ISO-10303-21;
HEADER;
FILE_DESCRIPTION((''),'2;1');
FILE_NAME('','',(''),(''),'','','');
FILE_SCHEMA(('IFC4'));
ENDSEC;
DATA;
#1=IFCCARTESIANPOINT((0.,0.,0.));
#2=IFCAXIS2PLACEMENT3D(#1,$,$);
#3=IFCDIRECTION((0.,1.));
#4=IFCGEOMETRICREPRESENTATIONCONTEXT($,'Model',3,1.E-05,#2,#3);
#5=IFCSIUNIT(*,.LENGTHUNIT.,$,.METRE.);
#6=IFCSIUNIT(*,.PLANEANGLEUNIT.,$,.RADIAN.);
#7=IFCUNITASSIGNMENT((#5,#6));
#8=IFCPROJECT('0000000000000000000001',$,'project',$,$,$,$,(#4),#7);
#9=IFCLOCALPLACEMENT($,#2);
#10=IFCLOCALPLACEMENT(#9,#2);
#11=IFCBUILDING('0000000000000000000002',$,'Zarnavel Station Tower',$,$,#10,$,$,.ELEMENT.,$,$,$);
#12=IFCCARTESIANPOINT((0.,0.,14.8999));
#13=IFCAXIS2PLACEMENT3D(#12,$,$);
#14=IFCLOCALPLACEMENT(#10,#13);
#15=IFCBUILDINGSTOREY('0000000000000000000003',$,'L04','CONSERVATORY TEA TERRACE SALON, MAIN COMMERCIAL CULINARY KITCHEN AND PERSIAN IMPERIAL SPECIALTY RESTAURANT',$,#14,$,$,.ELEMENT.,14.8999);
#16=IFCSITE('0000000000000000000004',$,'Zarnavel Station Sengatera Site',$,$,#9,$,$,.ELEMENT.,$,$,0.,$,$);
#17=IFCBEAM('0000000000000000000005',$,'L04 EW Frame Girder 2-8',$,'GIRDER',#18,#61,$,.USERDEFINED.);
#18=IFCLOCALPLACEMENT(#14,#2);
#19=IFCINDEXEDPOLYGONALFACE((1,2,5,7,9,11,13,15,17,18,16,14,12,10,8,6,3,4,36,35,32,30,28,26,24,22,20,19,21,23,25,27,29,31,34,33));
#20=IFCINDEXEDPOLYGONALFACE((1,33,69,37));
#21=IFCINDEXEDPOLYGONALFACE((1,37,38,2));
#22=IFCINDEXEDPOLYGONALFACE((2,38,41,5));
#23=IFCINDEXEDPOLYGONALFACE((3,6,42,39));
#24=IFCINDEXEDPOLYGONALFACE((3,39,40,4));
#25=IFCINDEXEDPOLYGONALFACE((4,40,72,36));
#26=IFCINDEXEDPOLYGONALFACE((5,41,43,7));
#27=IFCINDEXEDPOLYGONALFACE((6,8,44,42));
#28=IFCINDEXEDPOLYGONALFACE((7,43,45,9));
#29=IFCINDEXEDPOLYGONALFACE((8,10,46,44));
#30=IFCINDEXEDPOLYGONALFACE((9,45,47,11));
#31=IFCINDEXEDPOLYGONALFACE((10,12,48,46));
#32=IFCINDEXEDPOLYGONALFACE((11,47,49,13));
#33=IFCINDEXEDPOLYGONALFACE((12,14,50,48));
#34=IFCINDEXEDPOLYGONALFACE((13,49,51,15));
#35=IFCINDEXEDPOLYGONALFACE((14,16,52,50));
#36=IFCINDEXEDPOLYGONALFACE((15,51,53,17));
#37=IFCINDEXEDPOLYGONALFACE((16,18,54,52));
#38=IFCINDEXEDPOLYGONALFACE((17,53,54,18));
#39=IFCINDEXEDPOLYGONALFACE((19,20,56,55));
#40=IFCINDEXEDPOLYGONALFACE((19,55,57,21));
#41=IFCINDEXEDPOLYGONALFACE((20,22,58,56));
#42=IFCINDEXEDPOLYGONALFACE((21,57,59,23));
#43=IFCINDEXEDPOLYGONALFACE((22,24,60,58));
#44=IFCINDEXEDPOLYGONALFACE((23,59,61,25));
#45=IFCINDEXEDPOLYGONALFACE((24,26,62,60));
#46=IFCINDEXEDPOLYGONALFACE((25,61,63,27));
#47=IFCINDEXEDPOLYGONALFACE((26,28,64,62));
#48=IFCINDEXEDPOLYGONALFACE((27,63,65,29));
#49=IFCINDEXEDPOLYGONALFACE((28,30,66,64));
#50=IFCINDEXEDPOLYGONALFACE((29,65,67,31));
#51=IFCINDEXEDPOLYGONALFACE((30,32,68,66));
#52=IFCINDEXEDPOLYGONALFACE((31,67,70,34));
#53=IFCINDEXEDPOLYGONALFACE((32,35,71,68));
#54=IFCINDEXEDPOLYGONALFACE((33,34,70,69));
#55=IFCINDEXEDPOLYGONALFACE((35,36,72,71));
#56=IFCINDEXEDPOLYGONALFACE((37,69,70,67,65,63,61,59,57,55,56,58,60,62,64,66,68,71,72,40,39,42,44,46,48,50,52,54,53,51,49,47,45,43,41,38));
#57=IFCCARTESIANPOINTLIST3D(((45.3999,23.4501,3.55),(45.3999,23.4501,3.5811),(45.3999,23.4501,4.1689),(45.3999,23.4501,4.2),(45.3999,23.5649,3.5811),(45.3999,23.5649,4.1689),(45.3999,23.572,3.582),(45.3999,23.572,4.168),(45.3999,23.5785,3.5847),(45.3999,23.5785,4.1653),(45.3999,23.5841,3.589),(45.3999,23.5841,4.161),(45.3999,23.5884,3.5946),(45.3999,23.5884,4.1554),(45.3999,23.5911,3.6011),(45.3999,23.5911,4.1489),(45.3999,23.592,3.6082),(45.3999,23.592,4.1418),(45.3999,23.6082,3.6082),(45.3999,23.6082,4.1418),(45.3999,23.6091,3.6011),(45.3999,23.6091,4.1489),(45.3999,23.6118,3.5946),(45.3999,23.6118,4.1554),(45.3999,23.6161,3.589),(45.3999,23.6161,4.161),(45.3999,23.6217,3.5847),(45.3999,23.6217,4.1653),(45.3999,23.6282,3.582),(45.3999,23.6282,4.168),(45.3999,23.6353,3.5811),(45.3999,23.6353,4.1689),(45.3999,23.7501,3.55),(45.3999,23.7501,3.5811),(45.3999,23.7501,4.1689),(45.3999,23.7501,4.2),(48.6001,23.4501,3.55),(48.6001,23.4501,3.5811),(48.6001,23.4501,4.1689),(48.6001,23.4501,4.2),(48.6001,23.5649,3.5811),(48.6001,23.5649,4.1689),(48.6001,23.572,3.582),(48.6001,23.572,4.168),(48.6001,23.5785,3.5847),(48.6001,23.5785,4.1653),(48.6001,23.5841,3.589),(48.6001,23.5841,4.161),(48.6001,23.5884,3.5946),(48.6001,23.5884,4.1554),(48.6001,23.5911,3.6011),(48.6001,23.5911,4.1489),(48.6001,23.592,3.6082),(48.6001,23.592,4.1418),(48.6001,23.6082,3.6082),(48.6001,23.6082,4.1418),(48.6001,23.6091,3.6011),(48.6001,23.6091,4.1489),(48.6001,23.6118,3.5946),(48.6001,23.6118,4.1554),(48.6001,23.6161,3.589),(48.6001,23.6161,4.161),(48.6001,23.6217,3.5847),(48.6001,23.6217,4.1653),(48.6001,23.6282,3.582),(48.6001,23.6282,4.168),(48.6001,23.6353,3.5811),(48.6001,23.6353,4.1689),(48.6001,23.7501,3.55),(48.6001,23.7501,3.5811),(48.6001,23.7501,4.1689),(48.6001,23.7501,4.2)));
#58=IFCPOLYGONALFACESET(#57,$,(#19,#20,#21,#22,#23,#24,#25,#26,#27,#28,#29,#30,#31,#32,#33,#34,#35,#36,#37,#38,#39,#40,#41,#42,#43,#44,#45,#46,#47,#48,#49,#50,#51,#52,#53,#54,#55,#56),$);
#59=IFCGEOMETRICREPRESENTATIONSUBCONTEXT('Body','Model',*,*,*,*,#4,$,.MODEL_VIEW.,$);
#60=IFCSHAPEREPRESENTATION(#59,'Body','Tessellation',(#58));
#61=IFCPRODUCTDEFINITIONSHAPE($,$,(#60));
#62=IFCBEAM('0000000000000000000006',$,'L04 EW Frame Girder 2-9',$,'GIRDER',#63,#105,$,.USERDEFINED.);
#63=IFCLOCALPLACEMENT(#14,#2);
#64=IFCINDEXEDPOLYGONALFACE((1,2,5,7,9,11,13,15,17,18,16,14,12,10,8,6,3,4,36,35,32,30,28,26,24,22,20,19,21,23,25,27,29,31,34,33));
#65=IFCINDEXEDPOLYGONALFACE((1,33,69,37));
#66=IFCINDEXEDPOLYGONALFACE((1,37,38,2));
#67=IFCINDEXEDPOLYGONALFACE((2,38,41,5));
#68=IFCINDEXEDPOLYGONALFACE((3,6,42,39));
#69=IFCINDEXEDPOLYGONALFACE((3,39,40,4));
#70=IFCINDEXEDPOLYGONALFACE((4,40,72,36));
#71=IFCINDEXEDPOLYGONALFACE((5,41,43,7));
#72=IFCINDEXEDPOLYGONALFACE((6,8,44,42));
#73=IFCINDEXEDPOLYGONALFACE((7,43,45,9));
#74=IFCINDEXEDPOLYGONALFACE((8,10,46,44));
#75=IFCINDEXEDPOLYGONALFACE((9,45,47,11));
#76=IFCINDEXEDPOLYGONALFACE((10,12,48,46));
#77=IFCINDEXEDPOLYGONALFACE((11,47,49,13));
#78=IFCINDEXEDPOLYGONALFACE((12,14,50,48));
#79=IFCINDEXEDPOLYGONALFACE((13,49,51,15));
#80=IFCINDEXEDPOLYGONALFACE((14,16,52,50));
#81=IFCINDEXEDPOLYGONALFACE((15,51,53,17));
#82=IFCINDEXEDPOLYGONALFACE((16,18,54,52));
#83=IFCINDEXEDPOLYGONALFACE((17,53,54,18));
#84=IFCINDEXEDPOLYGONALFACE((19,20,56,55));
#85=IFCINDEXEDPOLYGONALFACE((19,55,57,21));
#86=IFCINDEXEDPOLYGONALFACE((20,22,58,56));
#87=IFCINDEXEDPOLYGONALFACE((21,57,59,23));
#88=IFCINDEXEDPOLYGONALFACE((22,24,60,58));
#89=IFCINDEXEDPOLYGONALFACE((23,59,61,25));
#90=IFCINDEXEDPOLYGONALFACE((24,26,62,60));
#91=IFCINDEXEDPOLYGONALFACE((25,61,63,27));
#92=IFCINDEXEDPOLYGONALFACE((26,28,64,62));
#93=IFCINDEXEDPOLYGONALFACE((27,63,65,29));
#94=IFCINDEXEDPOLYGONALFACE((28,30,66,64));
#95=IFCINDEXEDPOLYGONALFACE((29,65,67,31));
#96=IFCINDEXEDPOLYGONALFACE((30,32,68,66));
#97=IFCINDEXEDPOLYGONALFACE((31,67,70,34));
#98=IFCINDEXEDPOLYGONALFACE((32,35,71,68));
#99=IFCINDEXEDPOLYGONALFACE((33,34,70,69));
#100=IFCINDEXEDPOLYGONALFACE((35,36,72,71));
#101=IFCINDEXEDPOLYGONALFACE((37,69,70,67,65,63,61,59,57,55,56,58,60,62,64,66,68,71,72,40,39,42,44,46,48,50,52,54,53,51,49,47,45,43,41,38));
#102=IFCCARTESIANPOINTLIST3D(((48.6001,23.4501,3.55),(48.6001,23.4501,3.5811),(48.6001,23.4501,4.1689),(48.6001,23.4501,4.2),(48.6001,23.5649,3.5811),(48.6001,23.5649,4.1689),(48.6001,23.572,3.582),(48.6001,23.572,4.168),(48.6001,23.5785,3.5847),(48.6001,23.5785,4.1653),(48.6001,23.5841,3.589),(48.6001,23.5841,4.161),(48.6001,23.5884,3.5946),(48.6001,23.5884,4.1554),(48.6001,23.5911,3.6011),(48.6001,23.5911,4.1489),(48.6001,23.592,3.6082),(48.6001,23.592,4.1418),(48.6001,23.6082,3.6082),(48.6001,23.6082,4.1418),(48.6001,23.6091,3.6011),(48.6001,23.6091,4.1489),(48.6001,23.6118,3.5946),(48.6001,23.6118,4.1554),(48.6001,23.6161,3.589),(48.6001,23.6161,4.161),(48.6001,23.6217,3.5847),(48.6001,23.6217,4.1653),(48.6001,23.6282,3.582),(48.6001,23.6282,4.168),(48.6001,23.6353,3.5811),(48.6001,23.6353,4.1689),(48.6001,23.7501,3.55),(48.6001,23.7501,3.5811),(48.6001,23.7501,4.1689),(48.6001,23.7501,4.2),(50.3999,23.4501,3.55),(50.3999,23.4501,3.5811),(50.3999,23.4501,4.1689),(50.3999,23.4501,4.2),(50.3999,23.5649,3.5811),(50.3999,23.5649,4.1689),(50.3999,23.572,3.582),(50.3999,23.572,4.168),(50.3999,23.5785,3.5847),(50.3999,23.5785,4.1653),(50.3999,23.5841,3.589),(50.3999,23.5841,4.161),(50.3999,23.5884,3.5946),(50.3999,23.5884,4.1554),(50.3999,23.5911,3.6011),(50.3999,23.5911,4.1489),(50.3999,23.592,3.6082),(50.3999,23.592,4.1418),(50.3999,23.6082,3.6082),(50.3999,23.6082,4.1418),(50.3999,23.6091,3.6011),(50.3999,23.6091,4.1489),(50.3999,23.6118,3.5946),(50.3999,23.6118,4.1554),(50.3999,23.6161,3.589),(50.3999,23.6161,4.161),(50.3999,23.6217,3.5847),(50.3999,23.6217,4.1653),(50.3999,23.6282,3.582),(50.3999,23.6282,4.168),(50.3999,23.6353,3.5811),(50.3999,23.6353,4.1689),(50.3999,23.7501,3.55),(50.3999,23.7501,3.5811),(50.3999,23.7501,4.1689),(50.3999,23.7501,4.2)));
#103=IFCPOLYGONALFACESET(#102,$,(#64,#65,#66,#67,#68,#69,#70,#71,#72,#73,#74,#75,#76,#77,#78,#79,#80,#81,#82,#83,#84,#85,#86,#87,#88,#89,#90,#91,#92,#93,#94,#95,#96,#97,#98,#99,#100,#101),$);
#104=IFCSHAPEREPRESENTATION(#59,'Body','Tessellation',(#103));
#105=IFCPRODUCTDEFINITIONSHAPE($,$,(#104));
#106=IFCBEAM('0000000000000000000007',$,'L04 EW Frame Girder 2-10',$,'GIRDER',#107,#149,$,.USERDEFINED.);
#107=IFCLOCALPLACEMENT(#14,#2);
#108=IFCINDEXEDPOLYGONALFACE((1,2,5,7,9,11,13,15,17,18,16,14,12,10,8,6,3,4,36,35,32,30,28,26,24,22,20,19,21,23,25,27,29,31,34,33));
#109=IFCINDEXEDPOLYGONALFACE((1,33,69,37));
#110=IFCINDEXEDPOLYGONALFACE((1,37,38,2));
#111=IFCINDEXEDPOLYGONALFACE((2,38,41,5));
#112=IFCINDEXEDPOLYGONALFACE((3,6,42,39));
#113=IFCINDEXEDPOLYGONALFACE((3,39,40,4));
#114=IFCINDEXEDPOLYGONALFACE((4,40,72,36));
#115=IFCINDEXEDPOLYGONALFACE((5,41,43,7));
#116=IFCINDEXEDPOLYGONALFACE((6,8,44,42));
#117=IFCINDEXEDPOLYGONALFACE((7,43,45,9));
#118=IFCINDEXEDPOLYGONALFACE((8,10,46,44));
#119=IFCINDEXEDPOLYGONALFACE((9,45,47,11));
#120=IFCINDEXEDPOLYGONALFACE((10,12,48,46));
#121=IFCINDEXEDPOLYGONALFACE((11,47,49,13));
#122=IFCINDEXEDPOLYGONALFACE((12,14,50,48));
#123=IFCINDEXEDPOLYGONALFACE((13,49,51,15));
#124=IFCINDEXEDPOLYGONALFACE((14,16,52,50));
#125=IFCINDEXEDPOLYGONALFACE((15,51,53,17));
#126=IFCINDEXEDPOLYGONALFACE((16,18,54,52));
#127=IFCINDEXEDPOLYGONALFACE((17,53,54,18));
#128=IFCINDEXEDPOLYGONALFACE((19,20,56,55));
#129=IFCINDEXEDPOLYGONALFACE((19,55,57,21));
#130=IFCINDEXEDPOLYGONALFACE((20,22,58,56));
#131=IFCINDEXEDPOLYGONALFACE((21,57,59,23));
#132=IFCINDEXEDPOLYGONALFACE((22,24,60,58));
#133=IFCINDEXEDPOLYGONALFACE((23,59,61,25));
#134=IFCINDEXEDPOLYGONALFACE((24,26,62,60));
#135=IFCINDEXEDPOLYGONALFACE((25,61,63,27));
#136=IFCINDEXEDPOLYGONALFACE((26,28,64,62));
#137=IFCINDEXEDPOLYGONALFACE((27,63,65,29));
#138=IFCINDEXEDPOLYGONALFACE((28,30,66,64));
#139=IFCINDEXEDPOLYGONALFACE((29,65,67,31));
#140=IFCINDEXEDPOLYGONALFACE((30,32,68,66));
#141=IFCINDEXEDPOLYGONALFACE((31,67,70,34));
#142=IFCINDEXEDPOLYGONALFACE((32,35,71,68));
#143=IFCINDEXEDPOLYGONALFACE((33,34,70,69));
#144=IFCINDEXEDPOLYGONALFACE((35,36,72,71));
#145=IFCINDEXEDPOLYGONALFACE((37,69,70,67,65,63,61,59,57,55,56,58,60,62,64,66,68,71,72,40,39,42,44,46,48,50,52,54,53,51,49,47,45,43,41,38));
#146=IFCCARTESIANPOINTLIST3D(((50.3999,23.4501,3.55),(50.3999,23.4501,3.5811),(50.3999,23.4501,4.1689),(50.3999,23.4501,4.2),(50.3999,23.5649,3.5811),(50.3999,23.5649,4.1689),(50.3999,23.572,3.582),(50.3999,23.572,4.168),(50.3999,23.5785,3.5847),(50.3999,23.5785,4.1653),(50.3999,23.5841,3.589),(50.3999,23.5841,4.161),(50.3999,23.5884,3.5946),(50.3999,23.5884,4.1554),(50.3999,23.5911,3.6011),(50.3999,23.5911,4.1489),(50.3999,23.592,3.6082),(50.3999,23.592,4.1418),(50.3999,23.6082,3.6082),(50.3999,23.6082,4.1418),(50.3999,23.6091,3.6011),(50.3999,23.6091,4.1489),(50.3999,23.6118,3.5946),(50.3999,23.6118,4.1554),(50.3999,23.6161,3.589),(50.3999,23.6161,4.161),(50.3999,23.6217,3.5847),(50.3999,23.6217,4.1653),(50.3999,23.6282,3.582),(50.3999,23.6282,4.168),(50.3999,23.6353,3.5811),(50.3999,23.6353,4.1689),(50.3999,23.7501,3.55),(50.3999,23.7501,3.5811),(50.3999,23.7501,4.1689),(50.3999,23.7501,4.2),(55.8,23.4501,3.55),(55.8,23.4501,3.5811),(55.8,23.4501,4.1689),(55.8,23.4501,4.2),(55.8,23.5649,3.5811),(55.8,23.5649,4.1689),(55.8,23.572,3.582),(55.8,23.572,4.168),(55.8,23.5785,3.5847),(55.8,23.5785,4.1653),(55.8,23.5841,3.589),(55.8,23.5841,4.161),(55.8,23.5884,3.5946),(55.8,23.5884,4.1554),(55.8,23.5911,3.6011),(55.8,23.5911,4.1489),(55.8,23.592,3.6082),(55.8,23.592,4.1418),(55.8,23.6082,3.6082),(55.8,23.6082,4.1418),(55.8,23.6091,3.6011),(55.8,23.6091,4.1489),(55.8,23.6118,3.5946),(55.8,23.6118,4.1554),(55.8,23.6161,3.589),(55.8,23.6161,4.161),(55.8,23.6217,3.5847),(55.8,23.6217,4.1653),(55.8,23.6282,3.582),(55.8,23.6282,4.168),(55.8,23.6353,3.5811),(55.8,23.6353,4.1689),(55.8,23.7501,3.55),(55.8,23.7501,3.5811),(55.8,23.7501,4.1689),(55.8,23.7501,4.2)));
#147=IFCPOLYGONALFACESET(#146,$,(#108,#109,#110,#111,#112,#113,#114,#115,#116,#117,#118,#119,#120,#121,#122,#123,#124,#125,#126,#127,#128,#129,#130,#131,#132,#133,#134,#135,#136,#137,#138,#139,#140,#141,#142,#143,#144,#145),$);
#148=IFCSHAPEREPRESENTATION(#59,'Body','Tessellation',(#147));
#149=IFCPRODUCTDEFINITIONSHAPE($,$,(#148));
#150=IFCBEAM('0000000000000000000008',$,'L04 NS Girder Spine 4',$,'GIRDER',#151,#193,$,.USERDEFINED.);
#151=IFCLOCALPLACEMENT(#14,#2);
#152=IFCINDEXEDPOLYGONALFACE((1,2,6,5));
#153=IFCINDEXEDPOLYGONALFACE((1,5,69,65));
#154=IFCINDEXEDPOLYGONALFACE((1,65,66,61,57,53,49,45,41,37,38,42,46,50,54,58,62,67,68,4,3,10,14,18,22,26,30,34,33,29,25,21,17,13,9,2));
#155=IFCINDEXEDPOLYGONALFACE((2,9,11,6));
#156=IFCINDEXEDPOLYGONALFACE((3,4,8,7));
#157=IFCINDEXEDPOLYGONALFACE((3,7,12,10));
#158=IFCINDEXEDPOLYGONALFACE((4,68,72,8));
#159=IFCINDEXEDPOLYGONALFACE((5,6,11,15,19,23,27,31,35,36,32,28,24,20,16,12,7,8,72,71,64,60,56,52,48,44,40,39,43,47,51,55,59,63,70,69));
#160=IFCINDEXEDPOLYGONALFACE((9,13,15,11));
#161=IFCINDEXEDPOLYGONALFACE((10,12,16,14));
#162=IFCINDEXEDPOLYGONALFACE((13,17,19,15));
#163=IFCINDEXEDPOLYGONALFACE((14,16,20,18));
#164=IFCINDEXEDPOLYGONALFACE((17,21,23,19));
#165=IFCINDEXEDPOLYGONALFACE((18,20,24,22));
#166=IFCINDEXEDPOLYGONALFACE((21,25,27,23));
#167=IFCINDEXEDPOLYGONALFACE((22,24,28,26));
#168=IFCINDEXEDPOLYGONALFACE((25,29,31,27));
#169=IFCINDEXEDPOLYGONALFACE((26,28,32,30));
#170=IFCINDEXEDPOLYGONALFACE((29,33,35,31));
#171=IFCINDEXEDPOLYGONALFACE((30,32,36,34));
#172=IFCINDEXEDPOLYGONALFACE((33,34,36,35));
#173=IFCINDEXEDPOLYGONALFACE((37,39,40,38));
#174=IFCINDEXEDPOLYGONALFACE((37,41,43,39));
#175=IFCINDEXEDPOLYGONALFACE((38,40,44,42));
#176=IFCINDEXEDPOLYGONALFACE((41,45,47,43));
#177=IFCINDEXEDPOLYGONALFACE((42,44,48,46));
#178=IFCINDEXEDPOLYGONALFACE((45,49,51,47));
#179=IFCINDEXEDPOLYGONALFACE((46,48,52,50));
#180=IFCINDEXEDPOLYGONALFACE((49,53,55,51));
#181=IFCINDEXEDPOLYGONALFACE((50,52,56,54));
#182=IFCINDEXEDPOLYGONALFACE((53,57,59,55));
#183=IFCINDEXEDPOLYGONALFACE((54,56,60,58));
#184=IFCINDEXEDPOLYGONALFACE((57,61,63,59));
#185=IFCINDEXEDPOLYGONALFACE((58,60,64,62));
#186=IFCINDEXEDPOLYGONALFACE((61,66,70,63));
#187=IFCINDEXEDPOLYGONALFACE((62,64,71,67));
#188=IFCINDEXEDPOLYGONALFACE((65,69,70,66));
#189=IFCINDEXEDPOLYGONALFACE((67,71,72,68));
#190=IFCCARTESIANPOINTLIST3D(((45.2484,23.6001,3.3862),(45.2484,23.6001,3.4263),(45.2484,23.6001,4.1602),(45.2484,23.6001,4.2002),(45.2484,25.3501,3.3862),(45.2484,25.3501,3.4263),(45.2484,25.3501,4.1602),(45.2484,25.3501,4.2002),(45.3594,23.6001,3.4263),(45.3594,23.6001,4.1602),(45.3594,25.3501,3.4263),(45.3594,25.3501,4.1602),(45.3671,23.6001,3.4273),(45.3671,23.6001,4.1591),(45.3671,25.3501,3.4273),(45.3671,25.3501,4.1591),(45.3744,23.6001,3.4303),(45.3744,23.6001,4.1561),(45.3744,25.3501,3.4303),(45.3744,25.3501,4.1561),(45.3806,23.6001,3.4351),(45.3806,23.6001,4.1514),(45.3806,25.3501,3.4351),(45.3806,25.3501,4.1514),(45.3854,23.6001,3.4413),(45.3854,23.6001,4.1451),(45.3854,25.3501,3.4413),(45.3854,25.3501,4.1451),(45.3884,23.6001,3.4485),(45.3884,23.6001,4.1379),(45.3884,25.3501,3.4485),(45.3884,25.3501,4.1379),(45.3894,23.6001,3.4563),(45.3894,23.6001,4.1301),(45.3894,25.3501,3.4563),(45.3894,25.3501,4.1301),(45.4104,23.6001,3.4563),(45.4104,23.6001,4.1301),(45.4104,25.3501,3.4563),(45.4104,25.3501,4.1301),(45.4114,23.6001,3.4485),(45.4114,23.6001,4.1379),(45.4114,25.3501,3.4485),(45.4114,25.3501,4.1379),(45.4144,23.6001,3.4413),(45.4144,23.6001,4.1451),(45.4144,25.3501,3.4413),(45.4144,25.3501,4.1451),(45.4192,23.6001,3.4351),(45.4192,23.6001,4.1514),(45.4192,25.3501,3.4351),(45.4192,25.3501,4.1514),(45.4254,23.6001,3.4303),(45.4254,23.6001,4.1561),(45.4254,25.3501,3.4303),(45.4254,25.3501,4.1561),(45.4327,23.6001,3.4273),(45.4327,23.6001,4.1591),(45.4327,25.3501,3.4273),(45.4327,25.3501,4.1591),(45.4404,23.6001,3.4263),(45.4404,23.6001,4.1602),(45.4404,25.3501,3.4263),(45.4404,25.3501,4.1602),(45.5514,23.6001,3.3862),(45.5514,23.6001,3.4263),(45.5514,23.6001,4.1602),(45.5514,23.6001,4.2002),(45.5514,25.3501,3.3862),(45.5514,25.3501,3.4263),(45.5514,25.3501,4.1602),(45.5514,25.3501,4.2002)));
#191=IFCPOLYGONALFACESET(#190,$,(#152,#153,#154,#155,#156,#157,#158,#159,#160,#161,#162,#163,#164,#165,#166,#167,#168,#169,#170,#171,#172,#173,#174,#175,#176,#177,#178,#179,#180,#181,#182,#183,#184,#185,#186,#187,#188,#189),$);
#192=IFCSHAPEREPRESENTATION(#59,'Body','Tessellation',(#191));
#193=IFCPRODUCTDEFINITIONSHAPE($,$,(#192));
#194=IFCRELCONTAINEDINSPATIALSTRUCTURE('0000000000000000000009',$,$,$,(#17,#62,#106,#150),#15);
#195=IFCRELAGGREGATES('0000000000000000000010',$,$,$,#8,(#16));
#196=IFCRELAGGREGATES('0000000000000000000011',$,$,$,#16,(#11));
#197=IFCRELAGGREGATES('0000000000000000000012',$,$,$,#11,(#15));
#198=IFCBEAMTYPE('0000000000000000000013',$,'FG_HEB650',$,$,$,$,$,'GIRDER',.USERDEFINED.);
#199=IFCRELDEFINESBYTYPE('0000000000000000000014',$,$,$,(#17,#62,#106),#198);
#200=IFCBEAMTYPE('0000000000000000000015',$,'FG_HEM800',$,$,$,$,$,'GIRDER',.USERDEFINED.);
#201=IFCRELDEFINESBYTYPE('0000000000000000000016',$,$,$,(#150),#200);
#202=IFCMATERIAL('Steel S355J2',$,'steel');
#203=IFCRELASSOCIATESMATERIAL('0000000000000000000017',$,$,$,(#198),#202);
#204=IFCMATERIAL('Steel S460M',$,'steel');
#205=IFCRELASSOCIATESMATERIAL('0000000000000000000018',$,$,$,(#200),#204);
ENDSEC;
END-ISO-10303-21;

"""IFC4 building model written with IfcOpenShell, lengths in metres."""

from ifc_helpers import new_model, si_unit, direction, frame, origin, origin_2d, place, context, subcontext, project, spatial, i_section, extrude, material, material_profile, profile_set, type_object, element, save


model = new_model("IFC4")

# Units and contexts
model_context = context("Model", 3, precision=1e-05, world=origin(), true_north=direction((0.0, 1.0)))
body_context = subcontext(model_context, "Body", "Model", "MODEL_VIEW")
ifc_project = project(units=[si_unit("LENGTHUNIT", "METRE"), si_unit("PLANEANGLEUNIT", "RADIAN")], contexts=[model_context])

# Site, building, storey
site_placement = place(None, origin())
site = spatial("IfcSite", under=ifc_project, at=site_placement, Name="Zarnavel Station Sengatera Site", CompositionType="ELEMENT", RefElevation=0.0)
building_placement = place(site_placement, origin())
building = spatial("IfcBuilding", under=site, at=building_placement, Name="Zarnavel Station Tower", CompositionType="ELEMENT")
storey_placement = place(building_placement, frame((0.0, 0.0, 14.8999)))
storey = spatial("IfcBuildingStorey", under=building, at=storey_placement, Name="L04", Description="CONSERVATORY TEA TERRACE SALON, MAIN COMMERCIAL CULINARY KITCHEN AND PERSIAN IMPERIAL SPECIALTY RESTAURANT", CompositionType="ELEMENT", Elevation=14.8999)

# Beams
ifc_material_1 = material(Name="Steel S355J2", Category="steel")
ifc_material_profile_1 = material_profile(ifc_material_1, i_section(OverallWidth=0.3, OverallDepth=0.6499, WebThickness=0.0161, FlangeThickness=0.031, FilletRadius=0.0271, at=origin_2d()), Name="HEB650")
ifc_profile_set_1 = profile_set([ifc_material_profile_1], Name="Steel S355J2")
beam_type_1 = type_object("IfcBeamType", Name="FG_HEB650", ElementType="GIRDER", PredefinedType="USERDEFINED", material=ifc_profile_set_1)
beam_1_placement = place(storey_placement, frame((45.3999, 23.6001, 3.875), z_axis=(1.0, 0.0, 0.0), x_axis=(0.0, 1.0, 0.0)))
element("IfcBeam", 1, at=beam_1_placement, inside=storey, type_object=beam_type_1, Name="L04 EW Frame Girder 2-8", ObjectType="GIRDER", PredefinedType="USERDEFINED", context=body_context, shape_type="SweptSolid", body=[
    extrude(i_section(OverallWidth=0.3, OverallDepth=0.6499, WebThickness=0.0161, FlangeThickness=0.031, FilletRadius=0.0271, at=origin_2d()), origin(), (0.0, 0.0, 1.0), 3.2002),
])
beam_2_placement = place(storey_placement, frame((48.6001, 23.6001, 3.875), z_axis=(1.0, 0.0, 0.0), x_axis=(0.0, 1.0, 0.0)))
element("IfcBeam", 2, at=beam_2_placement, inside=storey, type_object=beam_type_1, Name="L04 EW Frame Girder 2-9", ObjectType="GIRDER", PredefinedType="USERDEFINED", context=body_context, shape_type="SweptSolid", body=[
    extrude(i_section(OverallWidth=0.3, OverallDepth=0.6499, WebThickness=0.0161, FlangeThickness=0.031, FilletRadius=0.0271, at=origin_2d()), origin(), (0.0, 0.0, 1.0), 1.7998),
])
beam_3_placement = place(storey_placement, frame((50.3999, 23.6001, 3.875), z_axis=(1.0, 0.0, 0.0), x_axis=(0.0, 1.0, 0.0)))
element("IfcBeam", 3, at=beam_3_placement, inside=storey, type_object=beam_type_1, Name="L04 EW Frame Girder 2-10", ObjectType="GIRDER", PredefinedType="USERDEFINED", context=body_context, shape_type="SweptSolid", body=[
    extrude(i_section(OverallWidth=0.3, OverallDepth=0.6499, WebThickness=0.0161, FlangeThickness=0.031, FilletRadius=0.0271, at=origin_2d()), origin(), (0.0, 0.0, 1.0), 5.4001),
])
ifc_material_2 = material(Name="Steel S460M", Category="steel")
ifc_material_profile_2 = material_profile(ifc_material_2, i_section(OverallWidth=0.303, OverallDepth=0.814, WebThickness=0.021, FlangeThickness=0.04, FilletRadius=0.03, at=origin_2d()), Name="HEM800")
ifc_profile_set_2 = profile_set([ifc_material_profile_2], Name="Steel S460M")
beam_type_2 = type_object("IfcBeamType", Name="FG_HEM800", ElementType="GIRDER", PredefinedType="USERDEFINED", material=ifc_profile_set_2)
beam_4_placement = place(storey_placement, frame((45.3999, 23.6001, 3.7932), z_axis=(0.0, 1.0, 0.0), x_axis=(-1.0, 0.0, 0.0)))
element("IfcBeam", 4, at=beam_4_placement, inside=storey, type_object=beam_type_2, Name="L04 NS Girder Spine 4", ObjectType="GIRDER", PredefinedType="USERDEFINED", context=body_context, shape_type="SweptSolid", body=[
    extrude(i_section(OverallWidth=0.303, OverallDepth=0.814, WebThickness=0.021, FlangeThickness=0.04, FilletRadius=0.03, at=origin_2d()), origin(), (0.0, 0.0, 1.0), 1.75),
])

save(model, "model.ifc")
